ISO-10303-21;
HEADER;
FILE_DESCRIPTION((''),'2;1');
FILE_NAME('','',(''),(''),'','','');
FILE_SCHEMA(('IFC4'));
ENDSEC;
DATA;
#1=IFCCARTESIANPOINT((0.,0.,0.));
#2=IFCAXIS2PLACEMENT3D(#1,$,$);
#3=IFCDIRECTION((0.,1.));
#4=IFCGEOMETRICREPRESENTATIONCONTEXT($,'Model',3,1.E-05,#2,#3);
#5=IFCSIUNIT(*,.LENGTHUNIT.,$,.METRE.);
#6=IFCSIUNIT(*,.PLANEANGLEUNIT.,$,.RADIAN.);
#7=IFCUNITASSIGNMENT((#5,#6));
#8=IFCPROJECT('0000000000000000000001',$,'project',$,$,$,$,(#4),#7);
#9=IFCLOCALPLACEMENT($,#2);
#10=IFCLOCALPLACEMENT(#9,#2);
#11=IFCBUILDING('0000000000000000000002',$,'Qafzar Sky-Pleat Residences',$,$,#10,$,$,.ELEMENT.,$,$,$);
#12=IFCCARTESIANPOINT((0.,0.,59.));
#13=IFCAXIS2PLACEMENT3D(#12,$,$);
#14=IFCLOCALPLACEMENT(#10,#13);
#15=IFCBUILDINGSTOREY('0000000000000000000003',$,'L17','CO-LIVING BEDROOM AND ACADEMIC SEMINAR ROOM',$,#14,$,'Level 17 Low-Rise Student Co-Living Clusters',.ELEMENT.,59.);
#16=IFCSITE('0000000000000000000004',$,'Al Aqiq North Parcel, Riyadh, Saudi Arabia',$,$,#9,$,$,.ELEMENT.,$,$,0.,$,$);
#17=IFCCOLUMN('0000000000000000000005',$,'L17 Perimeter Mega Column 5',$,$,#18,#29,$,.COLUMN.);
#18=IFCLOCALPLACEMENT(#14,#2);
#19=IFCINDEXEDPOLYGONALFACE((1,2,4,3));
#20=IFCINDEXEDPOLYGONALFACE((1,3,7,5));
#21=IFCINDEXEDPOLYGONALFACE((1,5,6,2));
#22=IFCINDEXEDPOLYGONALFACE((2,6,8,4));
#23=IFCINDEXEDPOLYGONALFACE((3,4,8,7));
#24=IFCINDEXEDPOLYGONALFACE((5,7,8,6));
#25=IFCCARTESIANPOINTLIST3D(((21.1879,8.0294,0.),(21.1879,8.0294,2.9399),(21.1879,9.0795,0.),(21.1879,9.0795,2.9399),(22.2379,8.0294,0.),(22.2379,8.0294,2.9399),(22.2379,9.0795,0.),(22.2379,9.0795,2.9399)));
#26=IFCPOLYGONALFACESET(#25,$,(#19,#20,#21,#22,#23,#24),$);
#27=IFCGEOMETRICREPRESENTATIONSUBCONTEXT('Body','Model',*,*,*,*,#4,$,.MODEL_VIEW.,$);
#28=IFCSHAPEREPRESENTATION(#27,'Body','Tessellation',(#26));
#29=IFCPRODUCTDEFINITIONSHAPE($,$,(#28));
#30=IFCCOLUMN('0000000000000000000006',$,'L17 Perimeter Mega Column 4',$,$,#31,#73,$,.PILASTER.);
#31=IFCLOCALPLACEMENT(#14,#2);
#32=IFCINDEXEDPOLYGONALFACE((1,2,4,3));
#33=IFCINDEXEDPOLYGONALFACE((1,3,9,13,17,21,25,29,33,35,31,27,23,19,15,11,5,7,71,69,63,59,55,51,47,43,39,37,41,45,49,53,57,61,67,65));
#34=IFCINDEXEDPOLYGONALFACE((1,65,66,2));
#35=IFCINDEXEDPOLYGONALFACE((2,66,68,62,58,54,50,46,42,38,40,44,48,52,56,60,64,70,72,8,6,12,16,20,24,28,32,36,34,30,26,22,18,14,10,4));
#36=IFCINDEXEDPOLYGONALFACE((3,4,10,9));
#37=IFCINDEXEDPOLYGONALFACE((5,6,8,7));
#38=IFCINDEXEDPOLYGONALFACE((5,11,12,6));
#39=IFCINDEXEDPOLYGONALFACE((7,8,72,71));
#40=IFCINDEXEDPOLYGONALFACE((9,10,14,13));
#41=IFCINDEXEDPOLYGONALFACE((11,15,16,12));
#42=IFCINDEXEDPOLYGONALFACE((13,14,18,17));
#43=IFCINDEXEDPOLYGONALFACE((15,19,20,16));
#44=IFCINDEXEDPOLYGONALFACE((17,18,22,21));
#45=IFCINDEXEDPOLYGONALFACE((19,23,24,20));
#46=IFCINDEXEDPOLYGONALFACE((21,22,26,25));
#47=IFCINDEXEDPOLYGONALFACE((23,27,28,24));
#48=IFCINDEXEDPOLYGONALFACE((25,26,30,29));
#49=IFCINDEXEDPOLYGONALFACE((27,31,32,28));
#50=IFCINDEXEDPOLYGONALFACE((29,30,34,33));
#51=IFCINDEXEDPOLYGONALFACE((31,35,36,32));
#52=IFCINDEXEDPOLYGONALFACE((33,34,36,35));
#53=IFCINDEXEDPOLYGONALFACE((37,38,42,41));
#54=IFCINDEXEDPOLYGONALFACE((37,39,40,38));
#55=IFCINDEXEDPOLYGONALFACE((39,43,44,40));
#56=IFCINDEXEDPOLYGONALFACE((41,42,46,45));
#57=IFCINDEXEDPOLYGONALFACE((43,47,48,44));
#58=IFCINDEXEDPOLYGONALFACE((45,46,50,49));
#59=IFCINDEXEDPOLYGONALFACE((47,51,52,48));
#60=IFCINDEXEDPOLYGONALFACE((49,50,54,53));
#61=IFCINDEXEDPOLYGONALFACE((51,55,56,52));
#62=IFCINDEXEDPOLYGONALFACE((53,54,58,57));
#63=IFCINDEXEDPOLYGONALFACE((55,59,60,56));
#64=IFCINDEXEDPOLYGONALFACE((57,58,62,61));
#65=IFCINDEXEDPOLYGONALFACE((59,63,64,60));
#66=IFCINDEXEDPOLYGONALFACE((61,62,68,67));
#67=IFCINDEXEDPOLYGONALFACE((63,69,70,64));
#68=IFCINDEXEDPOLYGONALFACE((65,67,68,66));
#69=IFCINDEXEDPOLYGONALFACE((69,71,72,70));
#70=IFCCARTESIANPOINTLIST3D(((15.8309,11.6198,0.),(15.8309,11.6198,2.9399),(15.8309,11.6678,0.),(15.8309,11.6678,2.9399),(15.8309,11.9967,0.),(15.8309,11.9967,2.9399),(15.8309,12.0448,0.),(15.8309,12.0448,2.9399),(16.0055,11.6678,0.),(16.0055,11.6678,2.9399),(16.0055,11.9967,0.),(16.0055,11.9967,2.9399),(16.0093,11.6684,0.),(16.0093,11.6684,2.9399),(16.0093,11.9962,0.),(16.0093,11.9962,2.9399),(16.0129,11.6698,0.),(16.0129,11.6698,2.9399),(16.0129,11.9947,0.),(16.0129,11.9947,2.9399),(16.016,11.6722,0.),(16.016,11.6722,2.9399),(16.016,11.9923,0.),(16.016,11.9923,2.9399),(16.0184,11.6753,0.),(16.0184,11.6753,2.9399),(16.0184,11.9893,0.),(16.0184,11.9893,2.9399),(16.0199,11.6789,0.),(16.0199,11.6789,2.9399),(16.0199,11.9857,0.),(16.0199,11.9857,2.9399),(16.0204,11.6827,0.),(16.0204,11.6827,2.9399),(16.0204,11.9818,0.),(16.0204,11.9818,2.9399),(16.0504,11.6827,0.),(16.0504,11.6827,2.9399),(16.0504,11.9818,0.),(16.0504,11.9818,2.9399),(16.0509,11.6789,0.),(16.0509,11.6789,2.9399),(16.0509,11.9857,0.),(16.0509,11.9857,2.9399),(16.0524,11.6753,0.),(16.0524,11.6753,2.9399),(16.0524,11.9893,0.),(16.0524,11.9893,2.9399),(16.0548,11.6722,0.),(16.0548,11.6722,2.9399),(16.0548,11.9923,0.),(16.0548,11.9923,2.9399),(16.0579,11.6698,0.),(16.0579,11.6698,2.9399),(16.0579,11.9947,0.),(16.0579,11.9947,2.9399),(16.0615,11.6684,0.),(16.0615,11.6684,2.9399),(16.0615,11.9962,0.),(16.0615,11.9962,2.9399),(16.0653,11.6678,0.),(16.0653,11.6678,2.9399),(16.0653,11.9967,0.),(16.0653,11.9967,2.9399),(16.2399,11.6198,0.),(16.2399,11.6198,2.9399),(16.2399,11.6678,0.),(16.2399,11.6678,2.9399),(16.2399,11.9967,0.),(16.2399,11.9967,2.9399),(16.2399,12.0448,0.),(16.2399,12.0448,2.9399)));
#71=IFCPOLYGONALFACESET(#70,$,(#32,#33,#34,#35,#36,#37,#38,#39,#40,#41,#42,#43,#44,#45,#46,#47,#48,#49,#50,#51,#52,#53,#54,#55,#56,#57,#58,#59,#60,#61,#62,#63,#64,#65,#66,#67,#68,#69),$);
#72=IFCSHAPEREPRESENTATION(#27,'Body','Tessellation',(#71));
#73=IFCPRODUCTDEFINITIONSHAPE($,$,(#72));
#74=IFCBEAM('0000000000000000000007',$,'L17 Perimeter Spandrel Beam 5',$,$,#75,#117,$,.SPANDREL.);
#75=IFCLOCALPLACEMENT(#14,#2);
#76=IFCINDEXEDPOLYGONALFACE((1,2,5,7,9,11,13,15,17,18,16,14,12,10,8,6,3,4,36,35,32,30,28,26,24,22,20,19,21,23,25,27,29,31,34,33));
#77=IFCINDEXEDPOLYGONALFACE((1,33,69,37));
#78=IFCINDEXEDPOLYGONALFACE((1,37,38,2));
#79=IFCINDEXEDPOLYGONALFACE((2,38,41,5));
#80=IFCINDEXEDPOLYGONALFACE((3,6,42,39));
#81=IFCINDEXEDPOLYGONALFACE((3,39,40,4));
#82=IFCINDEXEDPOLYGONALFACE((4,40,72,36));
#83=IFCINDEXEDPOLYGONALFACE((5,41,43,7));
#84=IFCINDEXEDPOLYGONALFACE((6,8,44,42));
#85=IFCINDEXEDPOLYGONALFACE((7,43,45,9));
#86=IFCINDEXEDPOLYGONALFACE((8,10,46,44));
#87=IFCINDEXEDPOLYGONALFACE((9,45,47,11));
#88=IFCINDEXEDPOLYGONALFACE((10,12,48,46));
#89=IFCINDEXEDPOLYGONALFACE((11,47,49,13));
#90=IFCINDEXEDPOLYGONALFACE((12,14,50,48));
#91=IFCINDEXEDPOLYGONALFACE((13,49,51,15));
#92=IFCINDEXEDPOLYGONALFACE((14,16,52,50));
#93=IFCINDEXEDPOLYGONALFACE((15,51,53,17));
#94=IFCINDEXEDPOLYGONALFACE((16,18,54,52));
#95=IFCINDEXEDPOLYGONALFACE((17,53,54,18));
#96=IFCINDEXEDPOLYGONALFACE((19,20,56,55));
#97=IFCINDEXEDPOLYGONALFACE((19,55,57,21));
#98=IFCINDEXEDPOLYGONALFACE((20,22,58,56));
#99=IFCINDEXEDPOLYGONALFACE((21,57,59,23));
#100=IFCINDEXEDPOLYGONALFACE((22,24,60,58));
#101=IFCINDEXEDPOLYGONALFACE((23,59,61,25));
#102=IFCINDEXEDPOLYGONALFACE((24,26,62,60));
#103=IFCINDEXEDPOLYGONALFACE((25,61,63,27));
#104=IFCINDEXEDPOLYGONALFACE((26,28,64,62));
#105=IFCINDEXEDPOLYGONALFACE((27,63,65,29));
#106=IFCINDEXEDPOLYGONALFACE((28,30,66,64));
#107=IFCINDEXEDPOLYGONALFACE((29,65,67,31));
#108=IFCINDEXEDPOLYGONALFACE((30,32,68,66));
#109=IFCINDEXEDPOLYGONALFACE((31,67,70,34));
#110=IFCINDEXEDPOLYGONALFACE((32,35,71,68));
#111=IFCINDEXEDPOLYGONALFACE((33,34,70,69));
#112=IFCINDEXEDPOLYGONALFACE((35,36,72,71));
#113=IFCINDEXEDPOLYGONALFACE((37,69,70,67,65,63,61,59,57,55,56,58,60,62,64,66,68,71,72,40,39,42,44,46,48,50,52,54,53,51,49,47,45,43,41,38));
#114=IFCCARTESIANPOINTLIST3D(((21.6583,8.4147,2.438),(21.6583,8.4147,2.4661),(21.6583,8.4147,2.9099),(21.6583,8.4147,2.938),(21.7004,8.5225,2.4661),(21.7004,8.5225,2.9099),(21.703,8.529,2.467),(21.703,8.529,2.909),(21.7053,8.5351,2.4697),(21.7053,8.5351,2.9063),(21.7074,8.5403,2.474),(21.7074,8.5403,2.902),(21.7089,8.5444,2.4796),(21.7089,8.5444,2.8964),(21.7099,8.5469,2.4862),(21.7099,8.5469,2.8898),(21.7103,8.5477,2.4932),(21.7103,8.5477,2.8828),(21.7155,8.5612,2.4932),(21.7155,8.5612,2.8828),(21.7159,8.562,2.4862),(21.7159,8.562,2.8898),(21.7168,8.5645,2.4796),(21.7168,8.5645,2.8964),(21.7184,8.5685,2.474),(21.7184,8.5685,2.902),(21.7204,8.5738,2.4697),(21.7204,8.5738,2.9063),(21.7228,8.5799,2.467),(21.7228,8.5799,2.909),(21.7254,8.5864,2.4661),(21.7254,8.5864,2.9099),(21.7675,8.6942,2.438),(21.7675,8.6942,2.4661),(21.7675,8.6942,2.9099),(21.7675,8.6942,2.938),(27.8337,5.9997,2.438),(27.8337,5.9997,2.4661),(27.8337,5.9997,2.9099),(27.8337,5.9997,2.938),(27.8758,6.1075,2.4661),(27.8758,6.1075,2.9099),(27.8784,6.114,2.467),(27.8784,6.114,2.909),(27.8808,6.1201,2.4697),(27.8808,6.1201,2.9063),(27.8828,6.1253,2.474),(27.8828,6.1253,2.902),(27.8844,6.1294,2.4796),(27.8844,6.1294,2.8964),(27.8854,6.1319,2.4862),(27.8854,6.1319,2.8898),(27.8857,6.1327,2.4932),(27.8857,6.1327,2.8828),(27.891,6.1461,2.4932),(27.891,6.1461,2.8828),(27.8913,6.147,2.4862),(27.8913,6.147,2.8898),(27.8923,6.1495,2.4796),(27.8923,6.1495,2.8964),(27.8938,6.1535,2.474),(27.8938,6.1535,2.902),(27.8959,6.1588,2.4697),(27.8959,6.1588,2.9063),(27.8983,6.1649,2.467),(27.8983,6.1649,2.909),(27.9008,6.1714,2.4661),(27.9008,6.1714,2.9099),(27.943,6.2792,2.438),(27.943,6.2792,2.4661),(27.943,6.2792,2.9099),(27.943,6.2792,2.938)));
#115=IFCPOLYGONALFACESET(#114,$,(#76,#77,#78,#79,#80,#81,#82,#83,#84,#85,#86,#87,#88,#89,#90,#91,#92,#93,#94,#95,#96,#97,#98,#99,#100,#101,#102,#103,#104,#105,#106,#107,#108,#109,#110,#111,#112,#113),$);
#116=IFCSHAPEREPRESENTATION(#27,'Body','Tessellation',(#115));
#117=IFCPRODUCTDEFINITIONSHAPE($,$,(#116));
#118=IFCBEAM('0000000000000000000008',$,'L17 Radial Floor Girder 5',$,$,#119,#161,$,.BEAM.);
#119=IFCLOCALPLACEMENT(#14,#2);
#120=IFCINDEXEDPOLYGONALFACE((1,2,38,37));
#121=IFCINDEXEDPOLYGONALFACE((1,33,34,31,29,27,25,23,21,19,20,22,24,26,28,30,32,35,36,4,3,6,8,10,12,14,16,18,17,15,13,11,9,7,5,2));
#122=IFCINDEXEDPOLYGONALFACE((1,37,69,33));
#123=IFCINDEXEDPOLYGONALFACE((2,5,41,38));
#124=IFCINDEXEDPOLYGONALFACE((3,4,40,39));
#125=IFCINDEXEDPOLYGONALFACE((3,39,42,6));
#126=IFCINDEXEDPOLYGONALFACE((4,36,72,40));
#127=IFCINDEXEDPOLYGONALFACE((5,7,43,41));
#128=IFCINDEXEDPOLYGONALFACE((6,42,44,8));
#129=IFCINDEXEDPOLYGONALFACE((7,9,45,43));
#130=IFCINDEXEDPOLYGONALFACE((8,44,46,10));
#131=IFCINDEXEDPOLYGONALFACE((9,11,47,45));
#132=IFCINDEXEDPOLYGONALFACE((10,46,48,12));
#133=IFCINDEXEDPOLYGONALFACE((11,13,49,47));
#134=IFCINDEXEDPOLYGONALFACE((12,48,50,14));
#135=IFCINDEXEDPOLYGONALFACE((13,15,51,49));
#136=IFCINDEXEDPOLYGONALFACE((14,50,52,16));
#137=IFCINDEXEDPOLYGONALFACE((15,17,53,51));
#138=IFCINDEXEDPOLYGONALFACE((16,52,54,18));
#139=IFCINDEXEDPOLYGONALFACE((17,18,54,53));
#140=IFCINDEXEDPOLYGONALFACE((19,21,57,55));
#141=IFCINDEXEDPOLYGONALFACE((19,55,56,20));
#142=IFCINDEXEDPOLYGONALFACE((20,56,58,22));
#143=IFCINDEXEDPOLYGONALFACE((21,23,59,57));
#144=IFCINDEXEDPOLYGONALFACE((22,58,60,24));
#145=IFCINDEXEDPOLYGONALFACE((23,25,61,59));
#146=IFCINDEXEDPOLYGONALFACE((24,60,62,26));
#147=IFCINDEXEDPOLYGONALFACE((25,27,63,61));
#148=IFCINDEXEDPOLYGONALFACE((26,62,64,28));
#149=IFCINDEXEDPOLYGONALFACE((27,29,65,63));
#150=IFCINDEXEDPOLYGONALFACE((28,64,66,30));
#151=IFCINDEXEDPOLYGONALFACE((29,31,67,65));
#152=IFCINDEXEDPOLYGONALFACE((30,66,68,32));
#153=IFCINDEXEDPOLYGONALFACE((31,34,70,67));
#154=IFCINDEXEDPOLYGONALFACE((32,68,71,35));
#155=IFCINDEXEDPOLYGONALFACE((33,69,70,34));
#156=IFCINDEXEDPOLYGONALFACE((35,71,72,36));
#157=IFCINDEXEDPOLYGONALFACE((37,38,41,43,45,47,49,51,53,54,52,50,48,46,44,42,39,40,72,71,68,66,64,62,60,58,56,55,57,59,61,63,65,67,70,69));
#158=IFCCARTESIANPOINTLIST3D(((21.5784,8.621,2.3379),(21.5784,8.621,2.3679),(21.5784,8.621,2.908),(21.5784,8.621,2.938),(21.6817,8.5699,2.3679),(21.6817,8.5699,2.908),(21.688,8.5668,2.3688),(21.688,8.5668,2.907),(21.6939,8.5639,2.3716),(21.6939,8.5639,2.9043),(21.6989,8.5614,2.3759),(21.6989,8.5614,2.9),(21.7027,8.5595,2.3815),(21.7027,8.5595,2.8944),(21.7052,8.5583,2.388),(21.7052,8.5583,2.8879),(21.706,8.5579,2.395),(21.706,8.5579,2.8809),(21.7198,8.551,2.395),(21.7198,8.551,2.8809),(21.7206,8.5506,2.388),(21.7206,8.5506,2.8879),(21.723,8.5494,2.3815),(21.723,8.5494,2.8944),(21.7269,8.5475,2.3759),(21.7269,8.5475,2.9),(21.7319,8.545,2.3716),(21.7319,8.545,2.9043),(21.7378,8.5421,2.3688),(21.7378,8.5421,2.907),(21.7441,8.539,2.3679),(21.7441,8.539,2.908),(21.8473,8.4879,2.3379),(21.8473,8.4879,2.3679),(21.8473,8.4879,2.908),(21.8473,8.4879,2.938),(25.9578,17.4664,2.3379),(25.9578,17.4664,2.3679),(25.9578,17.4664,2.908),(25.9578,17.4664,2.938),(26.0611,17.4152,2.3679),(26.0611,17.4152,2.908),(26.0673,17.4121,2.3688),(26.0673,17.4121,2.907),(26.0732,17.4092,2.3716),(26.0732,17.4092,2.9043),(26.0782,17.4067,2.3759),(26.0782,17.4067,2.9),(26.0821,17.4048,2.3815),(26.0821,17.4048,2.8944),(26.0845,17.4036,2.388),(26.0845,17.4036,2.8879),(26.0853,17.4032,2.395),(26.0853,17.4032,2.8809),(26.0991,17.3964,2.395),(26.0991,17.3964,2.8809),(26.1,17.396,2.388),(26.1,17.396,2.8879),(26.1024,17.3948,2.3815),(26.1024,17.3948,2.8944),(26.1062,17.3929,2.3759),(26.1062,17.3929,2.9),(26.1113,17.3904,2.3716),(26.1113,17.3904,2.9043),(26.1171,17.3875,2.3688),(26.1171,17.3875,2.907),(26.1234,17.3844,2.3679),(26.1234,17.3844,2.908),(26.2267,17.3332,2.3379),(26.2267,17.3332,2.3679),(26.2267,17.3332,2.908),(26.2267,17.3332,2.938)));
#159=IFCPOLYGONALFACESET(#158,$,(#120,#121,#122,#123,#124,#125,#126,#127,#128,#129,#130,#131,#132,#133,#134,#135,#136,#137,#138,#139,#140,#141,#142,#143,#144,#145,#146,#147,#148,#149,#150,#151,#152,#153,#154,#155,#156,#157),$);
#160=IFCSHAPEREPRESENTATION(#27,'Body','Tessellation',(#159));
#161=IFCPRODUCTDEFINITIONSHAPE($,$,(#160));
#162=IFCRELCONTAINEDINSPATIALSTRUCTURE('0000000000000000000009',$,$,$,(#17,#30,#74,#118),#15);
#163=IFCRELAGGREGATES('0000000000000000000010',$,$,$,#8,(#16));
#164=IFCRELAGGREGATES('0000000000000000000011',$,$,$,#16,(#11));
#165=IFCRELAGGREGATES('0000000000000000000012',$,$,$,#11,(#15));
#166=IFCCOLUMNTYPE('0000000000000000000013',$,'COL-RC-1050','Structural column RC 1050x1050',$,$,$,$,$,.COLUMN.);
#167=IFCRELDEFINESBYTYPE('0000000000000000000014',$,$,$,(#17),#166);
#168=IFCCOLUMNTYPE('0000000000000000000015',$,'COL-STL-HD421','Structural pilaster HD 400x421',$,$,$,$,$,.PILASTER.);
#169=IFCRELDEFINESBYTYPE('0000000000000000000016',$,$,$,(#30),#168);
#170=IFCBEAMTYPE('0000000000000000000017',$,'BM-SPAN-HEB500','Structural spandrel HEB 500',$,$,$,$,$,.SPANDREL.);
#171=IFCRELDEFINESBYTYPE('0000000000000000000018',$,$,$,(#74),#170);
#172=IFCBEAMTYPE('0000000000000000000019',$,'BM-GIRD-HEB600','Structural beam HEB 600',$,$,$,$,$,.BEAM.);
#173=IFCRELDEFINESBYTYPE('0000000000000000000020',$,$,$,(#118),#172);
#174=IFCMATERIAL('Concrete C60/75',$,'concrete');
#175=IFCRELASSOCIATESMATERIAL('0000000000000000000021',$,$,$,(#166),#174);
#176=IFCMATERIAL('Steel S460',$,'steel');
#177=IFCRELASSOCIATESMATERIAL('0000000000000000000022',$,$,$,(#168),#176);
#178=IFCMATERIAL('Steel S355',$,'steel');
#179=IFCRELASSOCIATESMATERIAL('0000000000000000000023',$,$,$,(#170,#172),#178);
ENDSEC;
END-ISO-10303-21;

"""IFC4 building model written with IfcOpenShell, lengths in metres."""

from ifc_helpers import new_model, si_unit, direction, frame, origin, origin_2d, place, context, subcontext, project, spatial, rectangle, i_section, extrude, source, transform, mapped, material, material_profile, profile_set, type_object, element, save


model = new_model("IFC4")

# Units and contexts
model_context = context("Model", 3, precision=1e-05, world=origin(), true_north=direction((0.0, 1.0)))
body_context = subcontext(model_context, "Body", "Model", "MODEL_VIEW")
ifc_project = project(units=[si_unit("LENGTHUNIT", "METRE"), si_unit("PLANEANGLEUNIT", "RADIAN")], contexts=[model_context])

# Site, building, storey
site_placement = place(None, origin())
site = spatial("IfcSite", under=ifc_project, at=site_placement, Name="Al Aqiq North Parcel, Riyadh, Saudi Arabia", CompositionType="ELEMENT", RefElevation=0.0)
building_placement = place(site_placement, origin())
building = spatial("IfcBuilding", under=site, at=building_placement, Name="Qafzar Sky-Pleat Residences", CompositionType="ELEMENT")
storey_placement = place(building_placement, frame((0.0, 0.0, 59.0)))
storey = spatial("IfcBuildingStorey", under=building, at=storey_placement, Name="L17", Description="CO-LIVING BEDROOM AND ACADEMIC SEMINAR ROOM", LongName="Level 17 Low-Rise Student Co-Living Clusters", CompositionType="ELEMENT", Elevation=59.0)

# Columns
ifc_material_1 = material(Name="Concrete C60/75", Category="concrete")
ifc_material_profile_1 = material_profile(ifc_material_1, rectangle(XDim=1.05, YDim=1.05, at=origin_2d()), Name="RC 1050x1050")
ifc_profile_set_1 = profile_set([ifc_material_profile_1], Name="Concrete C60/75")
column_type_1 = type_object("IfcColumnType", Name="COL-RC-1050", Description="Structural column RC 1050x1050", PredefinedType="COLUMN", material=ifc_profile_set_1)
shared_shape_1 = source(origin(), body_context, "Body", "SweptSolid", [
    extrude(rectangle(XDim=1.05, YDim=1.05, at=origin_2d()), origin(), (0.0, 0.0, 1.0), 2.9399),
])
column_1_placement = place(storey_placement, frame((21.7129, 8.5544, 0.0), z_axis=(0.0, 0.0, 1.0), x_axis=(1.0, 0.0, 0.0)))
element("IfcColumn", 1, at=column_1_placement, inside=storey, type_object=column_type_1, Name="L17 Perimeter Mega Column 5", PredefinedType="COLUMN", context=body_context, shape_type="MappedRepresentation", body=[
    mapped(shared_shape_1, transform((0.0, 0.0, 0.0), x_axis=(1.0, 0.0, 0.0), y_axis=(0.0, 1.0, 0.0), z_axis=(0.0, 0.0, 1.0), scale=1.0)),
])
ifc_material_2 = material(Name="Steel S460", Category="steel")
ifc_material_profile_2 = material_profile(ifc_material_2, i_section(OverallWidth=0.4089, OverallDepth=0.425, WebThickness=0.03, FlangeThickness=0.0481, FilletRadius=0.0149, at=origin_2d()), Name="HD 400x421")
ifc_profile_set_2 = profile_set([ifc_material_profile_2], Name="Steel S460")
column_type_2 = type_object("IfcColumnType", Name="COL-STL-HD421", Description="Structural pilaster HD 400x421", PredefinedType="PILASTER", material=ifc_profile_set_2)
shared_shape_2 = source(origin(), body_context, "Body", "SweptSolid", [
    extrude(i_section(OverallWidth=0.4089, OverallDepth=0.425, WebThickness=0.03, FlangeThickness=0.0481, FilletRadius=0.0149, at=origin_2d()), origin(), (0.0, 0.0, 1.0), 2.9399),
])
column_2_placement = place(storey_placement, frame((16.0354, 11.8323, 0.0), z_axis=(0.0, 0.0, 1.0), x_axis=(1.0, 0.0, 0.0)))
element("IfcColumn", 2, at=column_2_placement, inside=storey, type_object=column_type_2, Name="L17 Perimeter Mega Column 4", PredefinedType="PILASTER", context=body_context, shape_type="MappedRepresentation", body=[
    mapped(shared_shape_2, transform((0.0, 0.0, 0.0), x_axis=(1.0, 0.0, 0.0), y_axis=(0.0, 1.0, 0.0), z_axis=(0.0, 0.0, 1.0), scale=1.0)),
])

# Beams
ifc_material_3 = material(Name="Steel S355", Category="steel")
ifc_material_profile_3 = material_profile(ifc_material_3, i_section(OverallWidth=0.3, OverallDepth=0.5, WebThickness=0.0144, FlangeThickness=0.0281, FilletRadius=0.0271, at=origin_2d()), Name="HEB 500")
ifc_profile_set_3 = profile_set([ifc_material_profile_3], Name="Steel S355")
beam_type_1 = type_object("IfcBeamType", Name="BM-SPAN-HEB500", Description="Structural spandrel HEB 500", PredefinedType="SPANDREL", material=ifc_profile_set_3)
shared_shape_3 = source(origin(), body_context, "Body", "SweptSolid", [
    extrude(i_section(OverallWidth=0.3, OverallDepth=0.5, WebThickness=0.0144, FlangeThickness=0.0281, FilletRadius=0.0271, at=origin_2d()), origin(), (0.0, 0.0, 1.0), 6.6309),
])
beam_1_placement = place(storey_placement, frame((21.7129, 8.5544, 2.688), z_axis=(0.931318, -0.364206, 0.0), x_axis=(0.364206, 0.931318, 0.0)))
element("IfcBeam", 3, at=beam_1_placement, inside=storey, type_object=beam_type_1, Name="L17 Perimeter Spandrel Beam 5", PredefinedType="SPANDREL", context=body_context, shape_type="MappedRepresentation", body=[
    mapped(shared_shape_3, transform((0.0, 0.0, 0.0), x_axis=(1.0, 0.0, 0.0), y_axis=(0.0, 1.0, 0.0), z_axis=(0.0, 0.0, 1.0), scale=1.0)),
])
ifc_material_profile_4 = material_profile(ifc_material_3, i_section(OverallWidth=0.3, OverallDepth=0.6001, WebThickness=0.0154, FlangeThickness=0.03, FilletRadius=0.0271, at=origin_2d()), Name="HEB 600")
ifc_profile_set_4 = profile_set([ifc_material_profile_4], Name="Steel S355")
beam_type_2 = type_object("IfcBeamType", Name="BM-GIRD-HEB600", Description="Structural beam HEB 600", PredefinedType="BEAM", material=ifc_profile_set_4)
shared_shape_4 = source(origin(), body_context, "Body", "SweptSolid", [
    extrude(i_section(OverallWidth=0.3, OverallDepth=0.6001, WebThickness=0.0154, FlangeThickness=0.03, FilletRadius=0.0271, at=origin_2d()), origin(), (0.0, 0.0, 1.0), 9.8701),
])
beam_2_placement = place(storey_placement, frame((21.7129, 8.5544, 2.6379), z_axis=(0.443698, 0.896176, 0.0), x_axis=(-0.896176, 0.443698, 0.0)))
element("IfcBeam", 4, at=beam_2_placement, inside=storey, type_object=beam_type_2, Name="L17 Radial Floor Girder 5", PredefinedType="BEAM", context=body_context, shape_type="MappedRepresentation", body=[
    mapped(shared_shape_4, transform((0.0, 0.0, 0.0), x_axis=(1.0, 0.0, 0.0), y_axis=(0.0, 1.0, 0.0), z_axis=(0.0, 0.0, 1.0), scale=1.0)),
])

save(model, "model.ifc")
